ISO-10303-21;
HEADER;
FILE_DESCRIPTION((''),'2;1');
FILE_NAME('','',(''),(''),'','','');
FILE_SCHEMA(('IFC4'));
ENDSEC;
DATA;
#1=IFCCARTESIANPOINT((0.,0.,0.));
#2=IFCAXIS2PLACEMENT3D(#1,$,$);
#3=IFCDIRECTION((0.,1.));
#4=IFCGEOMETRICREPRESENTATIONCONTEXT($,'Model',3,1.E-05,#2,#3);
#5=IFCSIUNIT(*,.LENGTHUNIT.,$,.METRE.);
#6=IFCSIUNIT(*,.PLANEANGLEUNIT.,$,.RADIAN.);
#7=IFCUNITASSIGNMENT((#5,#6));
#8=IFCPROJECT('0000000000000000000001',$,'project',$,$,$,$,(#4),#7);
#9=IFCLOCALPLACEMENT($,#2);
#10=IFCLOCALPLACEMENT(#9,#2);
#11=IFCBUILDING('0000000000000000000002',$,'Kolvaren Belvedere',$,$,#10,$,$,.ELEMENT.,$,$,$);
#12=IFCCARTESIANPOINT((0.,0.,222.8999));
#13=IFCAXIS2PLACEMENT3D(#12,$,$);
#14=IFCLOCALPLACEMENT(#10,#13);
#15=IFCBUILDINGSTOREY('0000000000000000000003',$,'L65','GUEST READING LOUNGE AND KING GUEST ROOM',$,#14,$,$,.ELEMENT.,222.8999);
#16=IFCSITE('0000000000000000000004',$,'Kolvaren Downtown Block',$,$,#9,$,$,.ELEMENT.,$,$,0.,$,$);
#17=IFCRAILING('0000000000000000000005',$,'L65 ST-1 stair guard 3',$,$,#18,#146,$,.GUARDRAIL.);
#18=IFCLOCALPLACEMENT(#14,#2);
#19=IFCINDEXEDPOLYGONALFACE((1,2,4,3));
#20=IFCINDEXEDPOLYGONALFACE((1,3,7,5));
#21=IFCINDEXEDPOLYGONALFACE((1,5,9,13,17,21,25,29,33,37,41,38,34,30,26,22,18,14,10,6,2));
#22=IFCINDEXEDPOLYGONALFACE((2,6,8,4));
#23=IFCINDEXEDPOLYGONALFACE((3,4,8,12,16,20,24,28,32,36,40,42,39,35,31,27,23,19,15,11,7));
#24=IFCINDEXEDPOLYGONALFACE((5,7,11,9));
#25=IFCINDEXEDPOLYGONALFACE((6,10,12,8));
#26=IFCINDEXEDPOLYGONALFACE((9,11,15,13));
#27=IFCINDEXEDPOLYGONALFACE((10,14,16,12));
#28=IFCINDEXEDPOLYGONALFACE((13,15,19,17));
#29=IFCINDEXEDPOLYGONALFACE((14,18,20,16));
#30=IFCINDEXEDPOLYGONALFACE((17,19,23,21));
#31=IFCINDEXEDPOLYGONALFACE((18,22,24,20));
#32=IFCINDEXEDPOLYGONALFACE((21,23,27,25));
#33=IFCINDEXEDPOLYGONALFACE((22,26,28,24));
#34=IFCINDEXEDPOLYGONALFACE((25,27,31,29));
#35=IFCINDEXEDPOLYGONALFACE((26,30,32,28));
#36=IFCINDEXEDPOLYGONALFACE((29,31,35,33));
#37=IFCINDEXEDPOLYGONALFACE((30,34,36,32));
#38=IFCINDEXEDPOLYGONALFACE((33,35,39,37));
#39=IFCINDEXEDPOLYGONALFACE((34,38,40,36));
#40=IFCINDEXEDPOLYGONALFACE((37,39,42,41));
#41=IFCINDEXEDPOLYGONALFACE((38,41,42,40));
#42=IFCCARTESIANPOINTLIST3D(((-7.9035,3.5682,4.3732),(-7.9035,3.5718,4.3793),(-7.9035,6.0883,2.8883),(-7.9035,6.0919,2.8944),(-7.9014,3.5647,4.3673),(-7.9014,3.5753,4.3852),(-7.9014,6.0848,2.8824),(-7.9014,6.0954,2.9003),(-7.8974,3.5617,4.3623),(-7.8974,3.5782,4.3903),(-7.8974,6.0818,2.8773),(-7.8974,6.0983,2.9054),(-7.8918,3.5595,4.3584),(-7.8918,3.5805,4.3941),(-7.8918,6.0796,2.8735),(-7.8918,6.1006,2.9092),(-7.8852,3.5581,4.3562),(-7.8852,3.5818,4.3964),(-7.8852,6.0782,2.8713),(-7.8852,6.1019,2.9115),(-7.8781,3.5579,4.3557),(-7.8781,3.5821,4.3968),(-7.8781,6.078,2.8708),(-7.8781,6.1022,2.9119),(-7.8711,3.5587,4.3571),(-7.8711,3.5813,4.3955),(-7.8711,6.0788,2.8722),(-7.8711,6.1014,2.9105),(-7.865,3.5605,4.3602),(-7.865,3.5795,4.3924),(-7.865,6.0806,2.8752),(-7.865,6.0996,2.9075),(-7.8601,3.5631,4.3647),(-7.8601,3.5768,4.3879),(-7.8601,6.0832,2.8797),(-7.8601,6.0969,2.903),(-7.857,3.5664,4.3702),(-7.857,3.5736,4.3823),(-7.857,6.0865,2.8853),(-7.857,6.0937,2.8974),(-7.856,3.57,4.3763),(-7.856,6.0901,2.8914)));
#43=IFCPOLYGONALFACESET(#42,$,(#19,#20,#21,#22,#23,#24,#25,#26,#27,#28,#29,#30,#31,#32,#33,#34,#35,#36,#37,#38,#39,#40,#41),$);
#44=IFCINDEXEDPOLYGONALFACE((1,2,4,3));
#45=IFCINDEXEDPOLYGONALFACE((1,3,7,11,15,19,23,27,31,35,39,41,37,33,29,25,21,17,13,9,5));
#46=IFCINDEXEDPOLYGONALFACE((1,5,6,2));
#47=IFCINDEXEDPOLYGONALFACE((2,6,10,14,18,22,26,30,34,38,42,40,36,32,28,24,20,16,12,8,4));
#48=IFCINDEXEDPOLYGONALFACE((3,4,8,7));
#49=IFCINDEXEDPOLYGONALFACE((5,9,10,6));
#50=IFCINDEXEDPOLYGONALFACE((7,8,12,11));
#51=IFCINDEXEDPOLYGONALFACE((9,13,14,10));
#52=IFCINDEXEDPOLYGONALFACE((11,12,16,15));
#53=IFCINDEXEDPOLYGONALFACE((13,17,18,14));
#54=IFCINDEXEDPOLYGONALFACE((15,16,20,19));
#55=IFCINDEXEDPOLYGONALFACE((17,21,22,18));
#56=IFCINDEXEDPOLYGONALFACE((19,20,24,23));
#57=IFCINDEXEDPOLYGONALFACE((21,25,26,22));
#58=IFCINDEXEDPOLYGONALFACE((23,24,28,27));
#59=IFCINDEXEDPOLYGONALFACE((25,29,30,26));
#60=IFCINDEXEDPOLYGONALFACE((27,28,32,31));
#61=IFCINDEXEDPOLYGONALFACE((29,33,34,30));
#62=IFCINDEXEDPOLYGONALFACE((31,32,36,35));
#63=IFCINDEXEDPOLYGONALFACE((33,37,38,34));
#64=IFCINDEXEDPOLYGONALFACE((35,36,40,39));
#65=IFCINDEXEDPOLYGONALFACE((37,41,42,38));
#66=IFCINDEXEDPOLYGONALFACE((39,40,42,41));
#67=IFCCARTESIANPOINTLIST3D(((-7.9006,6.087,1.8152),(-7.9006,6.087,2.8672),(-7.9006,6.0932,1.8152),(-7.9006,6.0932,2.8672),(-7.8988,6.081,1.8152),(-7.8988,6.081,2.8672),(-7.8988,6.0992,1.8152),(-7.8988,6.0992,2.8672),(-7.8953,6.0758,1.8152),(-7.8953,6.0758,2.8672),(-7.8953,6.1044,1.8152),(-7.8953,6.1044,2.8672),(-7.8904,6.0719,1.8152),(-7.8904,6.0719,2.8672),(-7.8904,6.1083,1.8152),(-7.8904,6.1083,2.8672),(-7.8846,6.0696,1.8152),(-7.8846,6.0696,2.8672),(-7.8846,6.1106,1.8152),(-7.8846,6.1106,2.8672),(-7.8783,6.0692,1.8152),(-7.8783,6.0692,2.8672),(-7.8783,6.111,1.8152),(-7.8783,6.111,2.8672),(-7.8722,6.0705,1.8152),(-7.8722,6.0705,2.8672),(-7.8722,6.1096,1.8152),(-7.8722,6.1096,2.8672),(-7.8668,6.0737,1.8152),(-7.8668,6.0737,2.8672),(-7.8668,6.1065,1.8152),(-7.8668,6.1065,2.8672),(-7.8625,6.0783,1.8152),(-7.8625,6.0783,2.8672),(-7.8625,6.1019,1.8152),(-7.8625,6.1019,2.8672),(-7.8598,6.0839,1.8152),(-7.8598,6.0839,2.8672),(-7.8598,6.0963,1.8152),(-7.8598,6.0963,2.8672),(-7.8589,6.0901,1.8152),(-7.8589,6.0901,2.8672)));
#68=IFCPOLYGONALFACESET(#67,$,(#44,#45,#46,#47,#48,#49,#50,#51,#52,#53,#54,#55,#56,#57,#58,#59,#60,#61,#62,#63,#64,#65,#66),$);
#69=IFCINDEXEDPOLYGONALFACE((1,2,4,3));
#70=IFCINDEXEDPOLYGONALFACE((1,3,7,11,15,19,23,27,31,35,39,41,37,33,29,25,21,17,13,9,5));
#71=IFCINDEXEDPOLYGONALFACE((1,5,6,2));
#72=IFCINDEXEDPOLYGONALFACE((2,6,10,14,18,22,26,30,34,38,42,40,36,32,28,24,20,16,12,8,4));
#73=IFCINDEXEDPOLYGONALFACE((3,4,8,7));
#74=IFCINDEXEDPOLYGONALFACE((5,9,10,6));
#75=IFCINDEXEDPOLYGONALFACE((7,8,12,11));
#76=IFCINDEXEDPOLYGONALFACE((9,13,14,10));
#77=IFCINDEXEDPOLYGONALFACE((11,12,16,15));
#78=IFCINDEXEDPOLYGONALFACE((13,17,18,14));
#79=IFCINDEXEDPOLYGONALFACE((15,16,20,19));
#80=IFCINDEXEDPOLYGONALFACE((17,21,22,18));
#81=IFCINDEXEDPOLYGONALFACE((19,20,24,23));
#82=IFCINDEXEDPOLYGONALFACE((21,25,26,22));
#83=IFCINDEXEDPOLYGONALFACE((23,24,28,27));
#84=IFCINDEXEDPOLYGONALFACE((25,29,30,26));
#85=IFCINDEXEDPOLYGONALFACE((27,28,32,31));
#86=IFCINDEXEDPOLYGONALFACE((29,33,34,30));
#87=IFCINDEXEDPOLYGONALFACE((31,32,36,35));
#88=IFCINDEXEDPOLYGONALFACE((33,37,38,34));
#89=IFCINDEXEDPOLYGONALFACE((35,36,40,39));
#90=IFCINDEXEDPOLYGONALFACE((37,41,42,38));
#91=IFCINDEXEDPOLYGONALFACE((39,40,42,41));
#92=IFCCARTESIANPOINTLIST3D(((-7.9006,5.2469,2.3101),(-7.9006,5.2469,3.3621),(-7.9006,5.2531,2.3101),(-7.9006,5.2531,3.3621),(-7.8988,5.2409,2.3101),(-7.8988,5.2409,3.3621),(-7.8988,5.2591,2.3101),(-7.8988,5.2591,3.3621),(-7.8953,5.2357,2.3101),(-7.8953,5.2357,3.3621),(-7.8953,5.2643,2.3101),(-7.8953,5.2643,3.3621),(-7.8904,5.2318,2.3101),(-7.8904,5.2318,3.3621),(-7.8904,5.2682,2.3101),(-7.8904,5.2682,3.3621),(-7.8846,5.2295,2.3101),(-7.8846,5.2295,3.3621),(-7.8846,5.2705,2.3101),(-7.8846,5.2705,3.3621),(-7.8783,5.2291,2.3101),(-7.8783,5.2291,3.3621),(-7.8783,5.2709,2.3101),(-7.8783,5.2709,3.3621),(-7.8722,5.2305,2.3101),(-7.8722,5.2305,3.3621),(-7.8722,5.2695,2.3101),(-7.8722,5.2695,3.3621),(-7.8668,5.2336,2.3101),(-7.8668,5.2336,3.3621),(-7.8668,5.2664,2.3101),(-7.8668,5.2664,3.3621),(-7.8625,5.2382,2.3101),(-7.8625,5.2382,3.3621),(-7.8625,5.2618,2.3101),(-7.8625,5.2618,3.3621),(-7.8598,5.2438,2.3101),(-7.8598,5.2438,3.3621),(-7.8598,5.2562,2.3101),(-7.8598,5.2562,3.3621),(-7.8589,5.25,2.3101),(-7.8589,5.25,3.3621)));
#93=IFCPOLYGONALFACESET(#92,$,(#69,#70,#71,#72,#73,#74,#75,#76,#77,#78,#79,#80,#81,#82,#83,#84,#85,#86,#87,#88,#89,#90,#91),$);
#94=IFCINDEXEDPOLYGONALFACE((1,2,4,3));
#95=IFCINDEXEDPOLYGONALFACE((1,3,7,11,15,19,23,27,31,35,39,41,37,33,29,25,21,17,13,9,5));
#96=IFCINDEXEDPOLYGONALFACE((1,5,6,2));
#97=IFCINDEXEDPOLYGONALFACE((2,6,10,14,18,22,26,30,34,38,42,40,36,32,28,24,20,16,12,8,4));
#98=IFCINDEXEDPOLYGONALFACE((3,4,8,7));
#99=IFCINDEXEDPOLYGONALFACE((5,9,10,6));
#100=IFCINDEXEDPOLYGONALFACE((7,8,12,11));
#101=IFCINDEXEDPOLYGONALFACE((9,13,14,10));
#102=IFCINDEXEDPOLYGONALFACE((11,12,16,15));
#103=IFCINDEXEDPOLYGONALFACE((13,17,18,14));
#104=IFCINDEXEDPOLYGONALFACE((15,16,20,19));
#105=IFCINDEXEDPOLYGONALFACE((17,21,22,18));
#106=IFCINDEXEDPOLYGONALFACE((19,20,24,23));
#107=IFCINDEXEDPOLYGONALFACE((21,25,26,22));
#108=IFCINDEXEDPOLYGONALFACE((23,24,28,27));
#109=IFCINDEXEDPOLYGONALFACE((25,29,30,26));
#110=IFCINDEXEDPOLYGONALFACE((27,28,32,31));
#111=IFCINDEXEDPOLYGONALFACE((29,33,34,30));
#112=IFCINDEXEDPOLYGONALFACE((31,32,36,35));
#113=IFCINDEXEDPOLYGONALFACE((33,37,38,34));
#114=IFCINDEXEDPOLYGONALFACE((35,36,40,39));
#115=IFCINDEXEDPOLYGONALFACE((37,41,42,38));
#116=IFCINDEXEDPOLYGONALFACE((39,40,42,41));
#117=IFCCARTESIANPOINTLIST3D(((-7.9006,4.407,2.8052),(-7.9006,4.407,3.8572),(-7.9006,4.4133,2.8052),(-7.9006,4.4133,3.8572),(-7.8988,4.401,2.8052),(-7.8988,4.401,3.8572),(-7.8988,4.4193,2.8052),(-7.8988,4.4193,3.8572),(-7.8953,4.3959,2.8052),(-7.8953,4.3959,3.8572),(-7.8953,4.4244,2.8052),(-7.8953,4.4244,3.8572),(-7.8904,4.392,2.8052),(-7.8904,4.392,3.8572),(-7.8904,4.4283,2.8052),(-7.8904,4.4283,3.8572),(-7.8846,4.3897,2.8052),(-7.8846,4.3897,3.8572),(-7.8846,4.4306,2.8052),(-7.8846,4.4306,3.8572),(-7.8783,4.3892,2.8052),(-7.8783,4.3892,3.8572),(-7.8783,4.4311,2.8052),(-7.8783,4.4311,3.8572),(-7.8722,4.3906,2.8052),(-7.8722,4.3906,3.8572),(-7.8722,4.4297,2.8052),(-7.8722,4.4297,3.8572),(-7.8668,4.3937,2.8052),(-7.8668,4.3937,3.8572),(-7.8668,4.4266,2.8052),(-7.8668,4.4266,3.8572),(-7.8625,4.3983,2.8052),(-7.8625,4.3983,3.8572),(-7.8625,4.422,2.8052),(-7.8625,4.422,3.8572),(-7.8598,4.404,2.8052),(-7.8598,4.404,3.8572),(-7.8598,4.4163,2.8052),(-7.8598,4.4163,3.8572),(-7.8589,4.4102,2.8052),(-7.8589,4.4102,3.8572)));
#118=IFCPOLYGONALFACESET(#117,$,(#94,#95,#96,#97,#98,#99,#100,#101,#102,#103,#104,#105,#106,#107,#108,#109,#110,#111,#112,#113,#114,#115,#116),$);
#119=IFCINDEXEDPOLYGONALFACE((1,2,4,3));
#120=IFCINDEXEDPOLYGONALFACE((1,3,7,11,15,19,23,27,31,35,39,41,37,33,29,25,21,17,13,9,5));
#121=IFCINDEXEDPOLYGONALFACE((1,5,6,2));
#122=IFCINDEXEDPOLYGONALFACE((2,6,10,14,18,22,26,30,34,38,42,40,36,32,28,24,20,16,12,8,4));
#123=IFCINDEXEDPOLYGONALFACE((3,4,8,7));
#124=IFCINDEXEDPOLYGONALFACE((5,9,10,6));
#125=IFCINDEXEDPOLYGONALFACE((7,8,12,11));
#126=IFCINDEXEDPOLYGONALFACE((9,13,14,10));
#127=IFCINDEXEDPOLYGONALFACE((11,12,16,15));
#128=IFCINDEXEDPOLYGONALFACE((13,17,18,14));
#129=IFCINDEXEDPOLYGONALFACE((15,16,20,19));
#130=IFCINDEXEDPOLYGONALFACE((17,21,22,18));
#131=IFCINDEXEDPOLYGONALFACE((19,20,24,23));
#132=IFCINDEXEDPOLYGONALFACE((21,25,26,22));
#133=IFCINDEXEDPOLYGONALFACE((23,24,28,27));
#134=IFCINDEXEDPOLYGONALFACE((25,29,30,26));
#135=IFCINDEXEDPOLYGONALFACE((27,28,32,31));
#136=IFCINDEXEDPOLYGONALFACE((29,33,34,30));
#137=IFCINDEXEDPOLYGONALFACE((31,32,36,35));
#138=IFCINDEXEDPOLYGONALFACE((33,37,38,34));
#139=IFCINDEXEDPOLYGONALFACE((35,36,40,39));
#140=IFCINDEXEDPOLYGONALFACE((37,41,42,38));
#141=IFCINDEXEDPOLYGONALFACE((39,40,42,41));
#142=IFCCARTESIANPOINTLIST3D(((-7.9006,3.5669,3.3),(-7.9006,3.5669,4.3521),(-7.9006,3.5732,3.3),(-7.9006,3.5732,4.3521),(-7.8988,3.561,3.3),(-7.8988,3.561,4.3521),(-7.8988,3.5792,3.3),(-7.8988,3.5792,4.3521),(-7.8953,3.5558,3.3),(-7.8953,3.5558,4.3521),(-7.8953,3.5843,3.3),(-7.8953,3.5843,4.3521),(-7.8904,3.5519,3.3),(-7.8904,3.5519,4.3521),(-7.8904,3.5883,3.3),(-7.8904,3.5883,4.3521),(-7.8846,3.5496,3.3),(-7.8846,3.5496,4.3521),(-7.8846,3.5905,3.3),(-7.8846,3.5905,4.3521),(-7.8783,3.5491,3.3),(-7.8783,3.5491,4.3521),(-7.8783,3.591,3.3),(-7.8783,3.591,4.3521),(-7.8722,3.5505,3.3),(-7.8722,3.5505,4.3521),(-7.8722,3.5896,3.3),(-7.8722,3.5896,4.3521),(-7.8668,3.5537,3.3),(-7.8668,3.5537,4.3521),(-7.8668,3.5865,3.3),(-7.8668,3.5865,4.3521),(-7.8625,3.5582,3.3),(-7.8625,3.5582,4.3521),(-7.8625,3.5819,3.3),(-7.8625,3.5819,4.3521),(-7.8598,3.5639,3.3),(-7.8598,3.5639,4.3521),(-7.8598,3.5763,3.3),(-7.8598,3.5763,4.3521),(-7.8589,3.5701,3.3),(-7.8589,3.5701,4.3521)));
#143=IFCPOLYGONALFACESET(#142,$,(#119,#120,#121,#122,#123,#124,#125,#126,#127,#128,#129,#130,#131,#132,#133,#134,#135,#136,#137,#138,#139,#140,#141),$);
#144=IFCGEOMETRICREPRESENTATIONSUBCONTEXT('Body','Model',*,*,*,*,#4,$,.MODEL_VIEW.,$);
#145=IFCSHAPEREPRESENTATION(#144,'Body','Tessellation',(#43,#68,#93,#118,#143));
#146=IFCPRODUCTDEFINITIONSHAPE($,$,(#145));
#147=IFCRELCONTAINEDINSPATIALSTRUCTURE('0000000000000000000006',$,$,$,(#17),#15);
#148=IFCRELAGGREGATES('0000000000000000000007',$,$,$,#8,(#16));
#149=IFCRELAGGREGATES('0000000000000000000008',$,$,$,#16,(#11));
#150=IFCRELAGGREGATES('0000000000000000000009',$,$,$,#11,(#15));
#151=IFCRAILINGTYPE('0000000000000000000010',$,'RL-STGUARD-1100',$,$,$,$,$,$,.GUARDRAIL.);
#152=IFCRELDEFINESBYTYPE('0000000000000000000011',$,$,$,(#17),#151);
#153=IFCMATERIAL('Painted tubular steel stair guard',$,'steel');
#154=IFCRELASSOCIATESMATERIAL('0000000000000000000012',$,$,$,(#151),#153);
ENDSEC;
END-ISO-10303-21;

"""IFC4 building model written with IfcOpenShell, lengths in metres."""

from ifc_helpers import new_model, si_unit, direction, frame, origin, origin_2d, place, context, subcontext, project, spatial, circle, extrude, material, type_object, element, save


model = new_model("IFC4")

# Units and contexts
model_context = context("Model", 3, precision=1e-05, world=origin(), true_north=direction((0.0, 1.0)))
body_context = subcontext(model_context, "Body", "Model", "MODEL_VIEW")
ifc_project = project(units=[si_unit("LENGTHUNIT", "METRE"), si_unit("PLANEANGLEUNIT", "RADIAN")], contexts=[model_context])

# Site, building, storey
site_placement = place(None, origin())
site = spatial("IfcSite", under=ifc_project, at=site_placement, Name="Kolvaren Downtown Block", CompositionType="ELEMENT", RefElevation=0.0)
building_placement = place(site_placement, origin())
building = spatial("IfcBuilding", under=site, at=building_placement, Name="Kolvaren Belvedere", CompositionType="ELEMENT")
storey_placement = place(building_placement, frame((0.0, 0.0, 222.8999)))
storey = spatial("IfcBuildingStorey", under=building, at=storey_placement, Name="L65", Description="GUEST READING LOUNGE AND KING GUEST ROOM", CompositionType="ELEMENT", Elevation=222.8999)

# Railing
ifc_material_1 = material(Name="Painted tubular steel stair guard", Category="steel")
railing_type_1 = type_object("IfcRailingType", Name="RL-STGUARD-1100", PredefinedType="GUARDRAIL", material=ifc_material_1)
railing_1_placement = place(storey_placement, frame((-7.8799, 6.0901, 1.8152)))
element("IfcRailing", 1, at=railing_1_placement, inside=storey, type_object=railing_type_1, Name="L65 ST-1 stair guard 3", PredefinedType="GUARDRAIL", context=body_context, shape_type="SweptSolid", body=[
    extrude(circle(Radius=0.0239, at=origin_2d()), frame((0.0, 0.0, 1.0762), z_axis=(0.0, -0.861561, 0.507655), x_axis=(1.0, 0.0, 0.0)), (0.0, 0.0, 1.0), 2.925),
    extrude(circle(Radius=0.021, at=origin_2d()), origin(), (0.0, 0.0, 1.0), 1.052),
    extrude(circle(Radius=0.021, at=origin_2d()), frame((0.0, -0.8401, 0.4949)), (0.0, 0.0, 1.0), 1.052),
    extrude(circle(Radius=0.021, at=origin_2d()), frame((0.0, -1.6799, 0.99)), (0.0, 0.0, 1.0), 1.052),
    extrude(circle(Radius=0.021, at=origin_2d()), frame((0.0, -2.52, 1.4849)), (0.0, 0.0, 1.0), 1.052),
])

save(model, "model.ifc")
